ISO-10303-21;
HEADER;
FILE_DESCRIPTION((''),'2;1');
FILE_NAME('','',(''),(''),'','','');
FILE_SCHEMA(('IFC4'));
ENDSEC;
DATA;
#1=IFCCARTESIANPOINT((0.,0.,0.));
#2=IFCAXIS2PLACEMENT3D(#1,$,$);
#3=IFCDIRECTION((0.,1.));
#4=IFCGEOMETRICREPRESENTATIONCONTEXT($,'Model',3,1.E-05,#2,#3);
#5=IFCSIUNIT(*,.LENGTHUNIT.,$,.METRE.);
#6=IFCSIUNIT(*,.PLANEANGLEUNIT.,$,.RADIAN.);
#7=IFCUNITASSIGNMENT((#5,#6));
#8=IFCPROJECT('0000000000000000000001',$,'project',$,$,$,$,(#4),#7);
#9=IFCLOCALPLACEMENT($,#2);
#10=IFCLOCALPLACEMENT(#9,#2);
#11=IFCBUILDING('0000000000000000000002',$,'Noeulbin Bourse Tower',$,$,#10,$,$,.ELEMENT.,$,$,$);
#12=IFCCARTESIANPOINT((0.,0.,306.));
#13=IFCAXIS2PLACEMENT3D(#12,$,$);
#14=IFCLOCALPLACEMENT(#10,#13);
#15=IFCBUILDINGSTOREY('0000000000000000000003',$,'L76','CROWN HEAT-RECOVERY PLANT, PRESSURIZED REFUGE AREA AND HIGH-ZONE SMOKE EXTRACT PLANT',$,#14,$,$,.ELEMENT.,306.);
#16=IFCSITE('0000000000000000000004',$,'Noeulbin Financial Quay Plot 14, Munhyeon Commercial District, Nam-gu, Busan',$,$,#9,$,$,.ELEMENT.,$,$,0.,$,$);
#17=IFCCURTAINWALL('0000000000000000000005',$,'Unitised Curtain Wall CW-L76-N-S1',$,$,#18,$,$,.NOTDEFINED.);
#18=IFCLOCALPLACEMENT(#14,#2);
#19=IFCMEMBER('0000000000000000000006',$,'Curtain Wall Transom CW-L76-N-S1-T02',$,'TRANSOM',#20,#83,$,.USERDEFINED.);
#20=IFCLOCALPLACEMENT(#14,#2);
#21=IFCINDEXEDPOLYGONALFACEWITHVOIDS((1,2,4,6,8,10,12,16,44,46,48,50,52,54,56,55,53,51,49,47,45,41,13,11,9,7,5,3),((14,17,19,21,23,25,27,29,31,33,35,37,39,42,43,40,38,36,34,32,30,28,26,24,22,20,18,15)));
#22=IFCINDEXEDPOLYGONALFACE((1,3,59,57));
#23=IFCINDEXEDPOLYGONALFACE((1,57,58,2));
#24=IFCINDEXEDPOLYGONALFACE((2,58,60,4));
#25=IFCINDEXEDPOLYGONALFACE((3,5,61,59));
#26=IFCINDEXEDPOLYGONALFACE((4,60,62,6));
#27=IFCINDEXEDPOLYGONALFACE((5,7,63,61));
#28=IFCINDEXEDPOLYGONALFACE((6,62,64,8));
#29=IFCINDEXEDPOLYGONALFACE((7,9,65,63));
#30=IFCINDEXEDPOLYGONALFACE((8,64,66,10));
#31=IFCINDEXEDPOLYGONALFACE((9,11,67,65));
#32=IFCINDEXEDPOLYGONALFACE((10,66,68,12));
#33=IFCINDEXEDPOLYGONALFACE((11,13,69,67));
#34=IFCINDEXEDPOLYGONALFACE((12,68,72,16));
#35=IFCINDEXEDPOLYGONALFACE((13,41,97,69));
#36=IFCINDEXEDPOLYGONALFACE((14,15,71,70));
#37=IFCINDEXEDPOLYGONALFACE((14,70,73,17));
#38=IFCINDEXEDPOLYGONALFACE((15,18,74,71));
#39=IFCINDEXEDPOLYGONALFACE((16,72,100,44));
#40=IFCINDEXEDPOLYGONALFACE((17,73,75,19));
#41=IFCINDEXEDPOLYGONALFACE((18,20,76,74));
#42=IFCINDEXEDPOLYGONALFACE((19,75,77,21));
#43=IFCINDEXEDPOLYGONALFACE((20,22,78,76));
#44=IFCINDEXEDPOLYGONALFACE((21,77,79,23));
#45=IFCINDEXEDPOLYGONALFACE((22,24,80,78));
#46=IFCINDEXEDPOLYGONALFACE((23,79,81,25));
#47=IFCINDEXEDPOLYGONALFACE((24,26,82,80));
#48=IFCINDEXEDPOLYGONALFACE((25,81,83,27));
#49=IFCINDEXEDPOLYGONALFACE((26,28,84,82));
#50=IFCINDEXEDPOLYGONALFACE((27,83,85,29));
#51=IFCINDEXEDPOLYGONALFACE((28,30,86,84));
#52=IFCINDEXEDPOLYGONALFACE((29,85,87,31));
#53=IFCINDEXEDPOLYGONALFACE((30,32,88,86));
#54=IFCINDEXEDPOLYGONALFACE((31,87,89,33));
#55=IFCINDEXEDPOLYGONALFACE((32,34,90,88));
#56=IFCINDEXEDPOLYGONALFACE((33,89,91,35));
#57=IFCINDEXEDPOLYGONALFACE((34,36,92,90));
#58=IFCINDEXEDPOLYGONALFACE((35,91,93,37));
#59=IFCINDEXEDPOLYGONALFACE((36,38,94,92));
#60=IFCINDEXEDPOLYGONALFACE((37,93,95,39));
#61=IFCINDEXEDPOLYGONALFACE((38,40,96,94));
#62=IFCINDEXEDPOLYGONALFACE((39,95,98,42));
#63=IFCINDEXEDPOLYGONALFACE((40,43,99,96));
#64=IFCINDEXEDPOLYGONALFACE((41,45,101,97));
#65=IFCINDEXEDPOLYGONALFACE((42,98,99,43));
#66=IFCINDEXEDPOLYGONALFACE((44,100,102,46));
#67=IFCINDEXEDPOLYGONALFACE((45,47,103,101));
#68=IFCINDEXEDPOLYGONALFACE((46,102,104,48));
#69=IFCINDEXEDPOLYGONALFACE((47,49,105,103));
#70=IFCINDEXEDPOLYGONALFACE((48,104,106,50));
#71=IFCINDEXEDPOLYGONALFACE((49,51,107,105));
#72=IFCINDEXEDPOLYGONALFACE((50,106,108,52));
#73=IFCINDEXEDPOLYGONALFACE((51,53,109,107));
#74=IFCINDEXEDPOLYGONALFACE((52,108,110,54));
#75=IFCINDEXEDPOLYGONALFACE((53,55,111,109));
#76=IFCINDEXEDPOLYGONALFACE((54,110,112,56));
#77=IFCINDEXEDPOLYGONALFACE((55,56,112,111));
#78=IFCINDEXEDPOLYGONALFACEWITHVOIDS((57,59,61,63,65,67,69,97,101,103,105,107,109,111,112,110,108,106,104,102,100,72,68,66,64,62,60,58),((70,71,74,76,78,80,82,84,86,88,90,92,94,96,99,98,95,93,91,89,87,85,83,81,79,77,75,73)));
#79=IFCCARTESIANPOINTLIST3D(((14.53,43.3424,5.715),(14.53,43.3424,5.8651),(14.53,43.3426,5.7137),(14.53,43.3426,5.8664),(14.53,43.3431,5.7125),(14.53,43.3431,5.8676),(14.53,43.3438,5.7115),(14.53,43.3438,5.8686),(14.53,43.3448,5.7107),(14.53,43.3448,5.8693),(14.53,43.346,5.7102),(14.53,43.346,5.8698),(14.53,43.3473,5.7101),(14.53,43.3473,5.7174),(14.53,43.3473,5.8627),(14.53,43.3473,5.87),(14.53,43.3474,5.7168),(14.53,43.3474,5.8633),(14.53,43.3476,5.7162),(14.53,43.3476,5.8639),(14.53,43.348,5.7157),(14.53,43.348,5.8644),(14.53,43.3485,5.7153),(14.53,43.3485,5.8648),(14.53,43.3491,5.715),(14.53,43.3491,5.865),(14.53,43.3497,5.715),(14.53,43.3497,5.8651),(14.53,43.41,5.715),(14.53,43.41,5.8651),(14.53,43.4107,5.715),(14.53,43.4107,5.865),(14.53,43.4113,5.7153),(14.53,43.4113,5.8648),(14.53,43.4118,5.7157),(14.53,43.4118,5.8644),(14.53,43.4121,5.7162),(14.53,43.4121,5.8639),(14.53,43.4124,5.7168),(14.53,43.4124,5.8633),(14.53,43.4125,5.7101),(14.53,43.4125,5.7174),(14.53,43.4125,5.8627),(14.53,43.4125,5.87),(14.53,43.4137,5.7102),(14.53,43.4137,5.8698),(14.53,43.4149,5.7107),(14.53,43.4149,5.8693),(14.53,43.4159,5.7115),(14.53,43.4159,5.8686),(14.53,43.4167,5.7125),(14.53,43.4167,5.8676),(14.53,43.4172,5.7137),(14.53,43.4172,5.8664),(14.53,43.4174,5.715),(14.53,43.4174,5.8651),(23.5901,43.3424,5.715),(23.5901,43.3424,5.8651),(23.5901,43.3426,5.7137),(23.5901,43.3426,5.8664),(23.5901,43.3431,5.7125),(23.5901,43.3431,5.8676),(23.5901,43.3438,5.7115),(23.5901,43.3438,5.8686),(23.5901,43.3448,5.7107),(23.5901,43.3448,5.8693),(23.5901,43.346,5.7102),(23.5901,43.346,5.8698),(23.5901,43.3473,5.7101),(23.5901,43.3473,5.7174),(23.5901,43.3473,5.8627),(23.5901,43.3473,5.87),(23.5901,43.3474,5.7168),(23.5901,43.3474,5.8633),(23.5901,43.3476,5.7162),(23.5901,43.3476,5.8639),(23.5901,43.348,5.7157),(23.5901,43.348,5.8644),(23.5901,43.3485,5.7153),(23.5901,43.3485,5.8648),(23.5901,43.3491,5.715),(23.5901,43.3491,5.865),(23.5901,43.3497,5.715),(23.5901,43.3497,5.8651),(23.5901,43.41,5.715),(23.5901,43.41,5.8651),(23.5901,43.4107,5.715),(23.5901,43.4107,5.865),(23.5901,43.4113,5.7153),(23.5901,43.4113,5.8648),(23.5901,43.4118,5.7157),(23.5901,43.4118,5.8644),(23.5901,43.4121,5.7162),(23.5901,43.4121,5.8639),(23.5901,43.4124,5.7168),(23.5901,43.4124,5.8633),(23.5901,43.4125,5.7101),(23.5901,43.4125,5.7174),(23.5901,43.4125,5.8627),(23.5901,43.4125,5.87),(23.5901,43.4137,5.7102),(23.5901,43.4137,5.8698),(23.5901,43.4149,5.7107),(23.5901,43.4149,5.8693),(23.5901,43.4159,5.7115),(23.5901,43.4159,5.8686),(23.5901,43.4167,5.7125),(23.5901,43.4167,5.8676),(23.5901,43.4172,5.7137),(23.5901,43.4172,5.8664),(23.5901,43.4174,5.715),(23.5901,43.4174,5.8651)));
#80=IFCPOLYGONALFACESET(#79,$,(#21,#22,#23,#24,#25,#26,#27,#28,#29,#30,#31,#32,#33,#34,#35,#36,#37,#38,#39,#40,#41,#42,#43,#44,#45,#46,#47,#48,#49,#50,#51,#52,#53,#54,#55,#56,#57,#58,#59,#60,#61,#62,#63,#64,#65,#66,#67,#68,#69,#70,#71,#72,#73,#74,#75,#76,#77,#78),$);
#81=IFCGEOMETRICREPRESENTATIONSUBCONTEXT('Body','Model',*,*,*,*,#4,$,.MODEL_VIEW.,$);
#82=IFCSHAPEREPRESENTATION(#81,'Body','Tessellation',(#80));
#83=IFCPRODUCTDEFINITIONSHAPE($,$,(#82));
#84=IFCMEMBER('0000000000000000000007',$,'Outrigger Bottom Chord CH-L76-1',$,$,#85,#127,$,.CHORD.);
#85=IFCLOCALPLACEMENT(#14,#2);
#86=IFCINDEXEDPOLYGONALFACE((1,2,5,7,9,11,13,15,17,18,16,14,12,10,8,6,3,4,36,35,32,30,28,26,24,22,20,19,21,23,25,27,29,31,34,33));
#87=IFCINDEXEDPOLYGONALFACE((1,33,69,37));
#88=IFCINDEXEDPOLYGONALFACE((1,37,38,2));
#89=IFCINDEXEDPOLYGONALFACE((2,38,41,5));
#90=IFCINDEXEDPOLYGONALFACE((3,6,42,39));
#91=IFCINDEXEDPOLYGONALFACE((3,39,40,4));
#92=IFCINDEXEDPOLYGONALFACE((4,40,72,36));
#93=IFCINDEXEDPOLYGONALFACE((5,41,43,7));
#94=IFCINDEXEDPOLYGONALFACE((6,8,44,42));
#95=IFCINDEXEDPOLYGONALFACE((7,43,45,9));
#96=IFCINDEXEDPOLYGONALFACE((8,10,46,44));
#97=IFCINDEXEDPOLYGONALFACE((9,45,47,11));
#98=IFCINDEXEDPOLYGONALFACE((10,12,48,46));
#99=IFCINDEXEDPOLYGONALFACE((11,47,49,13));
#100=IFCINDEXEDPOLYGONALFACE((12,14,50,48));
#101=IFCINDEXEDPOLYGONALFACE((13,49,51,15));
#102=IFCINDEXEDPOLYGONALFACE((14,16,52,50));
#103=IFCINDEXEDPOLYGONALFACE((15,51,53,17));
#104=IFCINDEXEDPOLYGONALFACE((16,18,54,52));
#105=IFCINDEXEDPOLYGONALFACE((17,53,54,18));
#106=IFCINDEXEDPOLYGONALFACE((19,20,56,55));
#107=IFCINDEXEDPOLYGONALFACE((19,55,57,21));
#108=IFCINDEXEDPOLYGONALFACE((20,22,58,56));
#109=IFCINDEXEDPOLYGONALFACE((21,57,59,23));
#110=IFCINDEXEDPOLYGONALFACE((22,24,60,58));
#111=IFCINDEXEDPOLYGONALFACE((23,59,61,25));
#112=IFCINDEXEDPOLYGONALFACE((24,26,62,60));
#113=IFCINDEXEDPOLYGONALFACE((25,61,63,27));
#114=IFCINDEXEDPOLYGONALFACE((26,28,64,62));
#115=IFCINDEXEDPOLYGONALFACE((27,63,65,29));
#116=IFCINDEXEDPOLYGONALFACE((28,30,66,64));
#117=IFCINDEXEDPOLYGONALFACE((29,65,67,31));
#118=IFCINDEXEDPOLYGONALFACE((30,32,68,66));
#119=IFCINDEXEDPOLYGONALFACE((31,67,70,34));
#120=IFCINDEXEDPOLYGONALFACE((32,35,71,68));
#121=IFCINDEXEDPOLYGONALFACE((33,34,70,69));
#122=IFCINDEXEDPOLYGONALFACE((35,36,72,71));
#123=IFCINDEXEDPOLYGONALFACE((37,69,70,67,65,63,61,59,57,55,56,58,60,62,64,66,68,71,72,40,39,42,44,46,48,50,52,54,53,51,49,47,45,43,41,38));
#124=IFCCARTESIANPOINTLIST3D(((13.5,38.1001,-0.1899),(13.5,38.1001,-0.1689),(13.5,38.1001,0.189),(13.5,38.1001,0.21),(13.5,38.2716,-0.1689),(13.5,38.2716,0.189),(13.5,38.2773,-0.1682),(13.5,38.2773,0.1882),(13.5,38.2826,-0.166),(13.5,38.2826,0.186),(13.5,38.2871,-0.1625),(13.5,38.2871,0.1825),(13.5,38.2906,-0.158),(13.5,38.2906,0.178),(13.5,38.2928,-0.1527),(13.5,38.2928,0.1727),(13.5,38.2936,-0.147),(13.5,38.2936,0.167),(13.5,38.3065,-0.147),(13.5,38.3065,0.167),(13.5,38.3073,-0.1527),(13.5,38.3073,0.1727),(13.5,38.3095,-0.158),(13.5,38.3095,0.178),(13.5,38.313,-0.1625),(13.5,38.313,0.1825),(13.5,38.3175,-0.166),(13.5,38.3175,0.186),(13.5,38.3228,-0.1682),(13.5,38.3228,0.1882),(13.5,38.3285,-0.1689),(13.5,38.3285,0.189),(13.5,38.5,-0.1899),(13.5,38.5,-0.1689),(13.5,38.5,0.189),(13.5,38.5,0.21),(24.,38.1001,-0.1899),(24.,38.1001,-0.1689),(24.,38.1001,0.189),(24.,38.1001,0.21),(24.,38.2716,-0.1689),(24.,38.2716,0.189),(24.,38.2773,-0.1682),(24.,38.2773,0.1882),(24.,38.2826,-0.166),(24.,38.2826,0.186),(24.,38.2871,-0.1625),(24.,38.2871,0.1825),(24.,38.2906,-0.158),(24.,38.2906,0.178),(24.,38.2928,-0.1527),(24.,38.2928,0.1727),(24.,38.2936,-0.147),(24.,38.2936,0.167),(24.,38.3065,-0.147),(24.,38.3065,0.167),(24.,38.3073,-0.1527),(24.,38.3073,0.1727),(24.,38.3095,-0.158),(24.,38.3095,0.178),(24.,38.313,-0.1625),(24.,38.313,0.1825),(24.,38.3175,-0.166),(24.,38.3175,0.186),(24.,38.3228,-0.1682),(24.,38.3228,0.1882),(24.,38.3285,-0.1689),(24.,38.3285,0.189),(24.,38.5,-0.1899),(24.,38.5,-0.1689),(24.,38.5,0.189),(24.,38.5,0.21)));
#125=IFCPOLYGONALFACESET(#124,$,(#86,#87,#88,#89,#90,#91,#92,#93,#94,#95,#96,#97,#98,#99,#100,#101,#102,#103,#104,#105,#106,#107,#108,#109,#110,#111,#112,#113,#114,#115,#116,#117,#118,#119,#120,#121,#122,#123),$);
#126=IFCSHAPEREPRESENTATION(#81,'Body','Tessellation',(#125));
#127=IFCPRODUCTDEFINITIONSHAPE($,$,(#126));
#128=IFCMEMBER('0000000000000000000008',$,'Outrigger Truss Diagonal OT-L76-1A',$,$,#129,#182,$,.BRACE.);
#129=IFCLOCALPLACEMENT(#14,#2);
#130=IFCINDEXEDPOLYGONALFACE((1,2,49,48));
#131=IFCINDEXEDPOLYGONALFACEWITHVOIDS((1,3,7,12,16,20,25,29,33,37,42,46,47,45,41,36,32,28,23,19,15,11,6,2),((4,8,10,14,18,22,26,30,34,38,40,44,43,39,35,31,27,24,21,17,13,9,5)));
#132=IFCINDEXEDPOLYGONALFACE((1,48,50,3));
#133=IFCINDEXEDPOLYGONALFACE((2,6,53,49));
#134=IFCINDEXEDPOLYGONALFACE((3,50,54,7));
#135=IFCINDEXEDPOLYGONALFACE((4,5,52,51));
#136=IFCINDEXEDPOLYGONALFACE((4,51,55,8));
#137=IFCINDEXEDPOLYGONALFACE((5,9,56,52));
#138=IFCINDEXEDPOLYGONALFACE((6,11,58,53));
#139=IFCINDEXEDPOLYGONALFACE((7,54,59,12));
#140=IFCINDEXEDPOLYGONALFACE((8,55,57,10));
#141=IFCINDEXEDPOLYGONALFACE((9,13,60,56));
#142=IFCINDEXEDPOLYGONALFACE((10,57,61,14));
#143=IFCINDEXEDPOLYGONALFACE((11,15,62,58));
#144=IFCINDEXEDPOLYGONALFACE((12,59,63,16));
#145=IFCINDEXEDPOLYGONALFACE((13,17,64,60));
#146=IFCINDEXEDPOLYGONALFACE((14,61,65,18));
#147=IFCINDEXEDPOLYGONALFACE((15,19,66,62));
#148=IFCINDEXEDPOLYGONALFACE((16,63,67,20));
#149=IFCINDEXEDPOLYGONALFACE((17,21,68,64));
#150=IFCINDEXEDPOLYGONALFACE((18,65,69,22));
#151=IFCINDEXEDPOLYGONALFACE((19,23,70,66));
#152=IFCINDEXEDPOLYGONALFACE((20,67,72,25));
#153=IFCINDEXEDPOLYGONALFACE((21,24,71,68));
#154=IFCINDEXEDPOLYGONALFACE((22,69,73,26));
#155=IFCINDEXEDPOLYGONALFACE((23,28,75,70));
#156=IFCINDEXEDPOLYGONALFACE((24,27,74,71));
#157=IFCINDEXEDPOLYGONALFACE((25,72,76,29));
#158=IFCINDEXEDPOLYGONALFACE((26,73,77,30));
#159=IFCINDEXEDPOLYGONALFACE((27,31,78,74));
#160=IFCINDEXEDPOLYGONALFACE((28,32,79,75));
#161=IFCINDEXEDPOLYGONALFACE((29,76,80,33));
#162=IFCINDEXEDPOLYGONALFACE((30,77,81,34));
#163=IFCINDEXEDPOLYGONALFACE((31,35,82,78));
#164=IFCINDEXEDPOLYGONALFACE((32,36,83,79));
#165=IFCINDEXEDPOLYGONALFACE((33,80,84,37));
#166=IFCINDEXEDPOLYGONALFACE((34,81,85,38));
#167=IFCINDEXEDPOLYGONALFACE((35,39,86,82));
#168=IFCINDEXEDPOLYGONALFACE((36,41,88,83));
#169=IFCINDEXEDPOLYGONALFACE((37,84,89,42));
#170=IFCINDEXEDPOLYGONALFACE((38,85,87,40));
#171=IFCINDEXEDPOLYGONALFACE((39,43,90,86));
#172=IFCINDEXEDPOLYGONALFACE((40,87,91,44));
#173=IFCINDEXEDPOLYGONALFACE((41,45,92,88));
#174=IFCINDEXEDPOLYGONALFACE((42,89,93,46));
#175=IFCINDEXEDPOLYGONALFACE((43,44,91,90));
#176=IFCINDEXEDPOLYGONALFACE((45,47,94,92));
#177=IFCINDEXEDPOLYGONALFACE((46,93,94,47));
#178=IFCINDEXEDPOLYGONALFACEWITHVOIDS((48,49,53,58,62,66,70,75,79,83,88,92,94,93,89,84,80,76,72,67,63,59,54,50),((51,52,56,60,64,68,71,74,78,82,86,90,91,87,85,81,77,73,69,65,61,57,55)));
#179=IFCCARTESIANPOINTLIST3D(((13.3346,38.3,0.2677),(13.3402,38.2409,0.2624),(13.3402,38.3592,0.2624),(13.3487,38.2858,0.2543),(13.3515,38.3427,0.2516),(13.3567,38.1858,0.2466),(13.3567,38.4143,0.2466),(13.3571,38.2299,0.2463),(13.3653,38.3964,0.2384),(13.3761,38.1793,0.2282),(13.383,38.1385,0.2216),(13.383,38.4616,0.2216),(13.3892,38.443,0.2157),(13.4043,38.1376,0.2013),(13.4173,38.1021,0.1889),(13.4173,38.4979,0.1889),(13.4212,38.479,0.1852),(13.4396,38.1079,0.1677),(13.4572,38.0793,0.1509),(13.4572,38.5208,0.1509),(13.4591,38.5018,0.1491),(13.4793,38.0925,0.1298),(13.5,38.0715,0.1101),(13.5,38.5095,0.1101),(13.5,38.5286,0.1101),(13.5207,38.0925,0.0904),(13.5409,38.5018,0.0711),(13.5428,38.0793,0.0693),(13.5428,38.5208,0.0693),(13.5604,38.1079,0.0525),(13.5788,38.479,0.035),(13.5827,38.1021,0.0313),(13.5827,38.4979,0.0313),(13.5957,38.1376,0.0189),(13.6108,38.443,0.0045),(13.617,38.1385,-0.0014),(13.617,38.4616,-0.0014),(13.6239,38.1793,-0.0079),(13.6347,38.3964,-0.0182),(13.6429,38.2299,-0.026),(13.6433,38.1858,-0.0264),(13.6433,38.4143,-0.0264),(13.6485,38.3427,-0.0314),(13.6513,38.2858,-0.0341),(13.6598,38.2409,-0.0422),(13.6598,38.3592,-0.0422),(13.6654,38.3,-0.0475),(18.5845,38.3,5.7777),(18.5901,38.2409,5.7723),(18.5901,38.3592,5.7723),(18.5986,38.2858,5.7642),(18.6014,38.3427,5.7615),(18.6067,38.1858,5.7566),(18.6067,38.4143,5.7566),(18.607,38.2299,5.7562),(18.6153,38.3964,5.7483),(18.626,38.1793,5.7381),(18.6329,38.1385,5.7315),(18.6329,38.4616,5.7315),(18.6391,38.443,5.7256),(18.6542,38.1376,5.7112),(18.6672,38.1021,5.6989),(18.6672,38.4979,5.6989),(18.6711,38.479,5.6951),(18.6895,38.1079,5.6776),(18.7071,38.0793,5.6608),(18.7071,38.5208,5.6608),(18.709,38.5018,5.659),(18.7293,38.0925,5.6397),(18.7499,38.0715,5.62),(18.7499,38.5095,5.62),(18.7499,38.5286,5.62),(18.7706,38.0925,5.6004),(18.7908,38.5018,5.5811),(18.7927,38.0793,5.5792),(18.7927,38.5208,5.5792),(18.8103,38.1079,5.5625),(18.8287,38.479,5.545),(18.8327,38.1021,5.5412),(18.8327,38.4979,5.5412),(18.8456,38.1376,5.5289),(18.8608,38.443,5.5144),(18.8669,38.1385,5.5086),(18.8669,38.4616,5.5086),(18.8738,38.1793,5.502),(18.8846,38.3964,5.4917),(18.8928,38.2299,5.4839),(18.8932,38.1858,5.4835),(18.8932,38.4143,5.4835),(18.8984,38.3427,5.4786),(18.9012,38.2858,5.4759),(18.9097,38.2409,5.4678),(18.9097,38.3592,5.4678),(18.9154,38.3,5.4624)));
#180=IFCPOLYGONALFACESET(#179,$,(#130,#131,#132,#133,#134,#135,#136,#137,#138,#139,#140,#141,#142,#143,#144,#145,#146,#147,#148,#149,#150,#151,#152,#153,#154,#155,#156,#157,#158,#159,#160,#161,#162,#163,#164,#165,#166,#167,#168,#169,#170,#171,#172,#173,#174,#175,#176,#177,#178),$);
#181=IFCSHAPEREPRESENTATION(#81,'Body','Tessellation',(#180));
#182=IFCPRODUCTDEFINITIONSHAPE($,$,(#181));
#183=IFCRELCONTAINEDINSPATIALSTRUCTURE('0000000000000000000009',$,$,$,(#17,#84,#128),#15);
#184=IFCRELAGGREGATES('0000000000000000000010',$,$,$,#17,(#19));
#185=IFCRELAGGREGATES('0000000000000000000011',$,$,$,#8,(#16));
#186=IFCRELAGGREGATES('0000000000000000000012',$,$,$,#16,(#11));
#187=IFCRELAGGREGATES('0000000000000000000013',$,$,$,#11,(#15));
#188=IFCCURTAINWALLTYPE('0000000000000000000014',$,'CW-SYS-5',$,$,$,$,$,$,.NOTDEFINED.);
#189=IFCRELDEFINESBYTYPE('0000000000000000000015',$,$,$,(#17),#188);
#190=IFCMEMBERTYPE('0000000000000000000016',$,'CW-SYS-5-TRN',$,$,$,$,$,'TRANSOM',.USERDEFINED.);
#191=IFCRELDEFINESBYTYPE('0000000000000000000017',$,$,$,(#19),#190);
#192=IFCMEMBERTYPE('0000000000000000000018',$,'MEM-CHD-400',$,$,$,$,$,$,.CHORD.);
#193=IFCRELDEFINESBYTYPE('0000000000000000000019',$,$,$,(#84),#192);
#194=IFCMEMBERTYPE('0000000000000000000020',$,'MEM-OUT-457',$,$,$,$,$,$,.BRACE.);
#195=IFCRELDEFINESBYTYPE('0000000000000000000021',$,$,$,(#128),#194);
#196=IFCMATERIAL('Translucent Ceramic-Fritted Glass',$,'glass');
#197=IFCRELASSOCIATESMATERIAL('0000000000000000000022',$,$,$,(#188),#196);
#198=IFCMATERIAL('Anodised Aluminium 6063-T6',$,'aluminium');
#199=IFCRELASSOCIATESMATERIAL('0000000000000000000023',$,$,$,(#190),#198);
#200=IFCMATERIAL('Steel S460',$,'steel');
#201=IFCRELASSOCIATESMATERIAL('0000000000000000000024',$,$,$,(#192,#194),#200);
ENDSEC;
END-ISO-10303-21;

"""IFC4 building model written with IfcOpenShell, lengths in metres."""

from ifc_helpers import new_model, si_unit, direction, frame, origin, origin_2d, place, context, subcontext, project, spatial, hollow_rectangle, hollow_circle, i_section, extrude, material, material_profile, profile_set, type_object, element, aggregate, save


model = new_model("IFC4")

# Units and contexts
model_context = context("Model", 3, precision=1e-05, world=origin(), true_north=direction((0.0, 1.0)))
body_context = subcontext(model_context, "Body", "Model", "MODEL_VIEW")
ifc_project = project(units=[si_unit("LENGTHUNIT", "METRE"), si_unit("PLANEANGLEUNIT", "RADIAN")], contexts=[model_context])

# Site, building, storey
site_placement = place(None, origin())
site = spatial("IfcSite", under=ifc_project, at=site_placement, Name="Noeulbin Financial Quay Plot 14, Munhyeon Commercial District, Nam-gu, Busan", CompositionType="ELEMENT", RefElevation=0.0)
building_placement = place(site_placement, origin())
building = spatial("IfcBuilding", under=site, at=building_placement, Name="Noeulbin Bourse Tower", CompositionType="ELEMENT")
storey_placement = place(building_placement, frame((0.0, 0.0, 306.0)))
storey = spatial("IfcBuildingStorey", under=building, at=storey_placement, Name="L76", Description="CROWN HEAT-RECOVERY PLANT, PRESSURIZED REFUGE AREA AND HIGH-ZONE SMOKE EXTRACT PLANT", CompositionType="ELEMENT", Elevation=306.0)

# Curtain wall
ifc_material_1 = material(Name="Translucent Ceramic-Fritted Glass", Category="glass")
curtain_wall_type = type_object("IfcCurtainWallType", Name="CW-SYS-5", PredefinedType="NOTDEFINED", material=ifc_material_1)
curtain_wall_1_placement = place(storey_placement, origin())
curtain_wall_1 = element("IfcCurtainWall", 1, at=curtain_wall_1_placement, inside=storey, type_object=curtain_wall_type, Name="Unitised Curtain Wall CW-L76-N-S1", PredefinedType="NOTDEFINED")
ifc_material_2 = material(Name="Anodised Aluminium 6063-T6", Category="aluminium")

# Member
ifc_material_profile_1 = material_profile(ifc_material_2, hollow_rectangle(XDim=0.075, YDim=0.1599, WallThickness=0.0049, InnerFilletRadius=0.0024, OuterFilletRadius=0.0049, at=origin_2d()), Name="ALU-TRAN-75x160x5", Category="LoadBearing")
ifc_profile_set_1 = profile_set([ifc_material_profile_1], Name="Anodised Aluminium 6063-T6")
member_type_1 = type_object("IfcMemberType", Name="CW-SYS-5-TRN", ElementType="TRANSOM", PredefinedType="USERDEFINED", material=ifc_profile_set_1)
member_1_placement = place(storey_placement, frame((14.53, 43.3799, 5.79), z_axis=(1.0, 0.0, 0.0), x_axis=(0.0, 1.0, 0.0)))
member_1 = element("IfcMember", 2, at=member_1_placement, type_object=member_type_1, Name="Curtain Wall Transom CW-L76-N-S1-T02", ObjectType="TRANSOM", PredefinedType="USERDEFINED", context=body_context, shape_type="SweptSolid", body=[
    extrude(hollow_rectangle(XDim=0.075, YDim=0.1599, WallThickness=0.0049, InnerFilletRadius=0.0024, OuterFilletRadius=0.0049, at=origin_2d()), origin(), (0.0, 0.0, 1.0), 9.0601),
])

# Members
ifc_material_3 = material(Name="Steel S460", Category="steel")
ifc_material_profile_2 = material_profile(ifc_material_3, i_section(OverallWidth=0.3999, OverallDepth=0.3999, WebThickness=0.0129, FlangeThickness=0.021, FilletRadius=0.022, at=origin_2d()), Name="H-400x400x13x21", Category="LoadBearing")
ifc_profile_set_2 = profile_set([ifc_material_profile_2], Name="Steel S460")
member_type_2 = type_object("IfcMemberType", Name="MEM-CHD-400", PredefinedType="CHORD", material=ifc_profile_set_2)
member_2_placement = place(storey_placement, frame((13.5, 38.3, 0.01), z_axis=(1.0, 0.0, 0.0), x_axis=(0.0, 1.0, 0.0)))
element("IfcMember", 3, at=member_2_placement, inside=storey, type_object=member_type_2, Name="Outrigger Bottom Chord CH-L76-1", PredefinedType="CHORD", context=body_context, shape_type="SweptSolid", body=[
    extrude(i_section(OverallWidth=0.3999, OverallDepth=0.3999, WebThickness=0.0129, FlangeThickness=0.021, FilletRadius=0.022, at=origin_2d()), origin(), (0.0, 0.0, 1.0), 10.5),
])
ifc_material_profile_3 = material_profile(ifc_material_3, hollow_circle(Radius=0.2285, WallThickness=0.019, at=origin_2d()), Name="CHS-457.2x19.0", Category="LoadBearing")
ifc_profile_set_3 = profile_set([ifc_material_profile_3], Name="Steel S460")
member_type_3 = type_object("IfcMemberType", Name="MEM-OUT-457", PredefinedType="BRACE", material=ifc_profile_set_3)
for number, where, z_axis, x_axis, name in (
    (4, (13.5, 38.3, 0.1101), (0.689819, 0.0, 0.723982), (0.0, 1.0, 0.0), "Outrigger Truss Diagonal OT-L76-1A"),
):
    element("IfcMember", number, at=place(storey_placement, frame(where, z_axis=z_axis, x_axis=x_axis)), inside=storey, type_object=member_type_3, Name=name, PredefinedType="BRACE", context=body_context, shape_type="SweptSolid", body=[
        extrude(hollow_circle(Radius=0.2285, WallThickness=0.019, at=origin_2d()), origin(), (0.0, 0.0, 1.0), 7.6106),
    ])

aggregate(curtain_wall_1, [member_1])

save(model, "model.ifc")
